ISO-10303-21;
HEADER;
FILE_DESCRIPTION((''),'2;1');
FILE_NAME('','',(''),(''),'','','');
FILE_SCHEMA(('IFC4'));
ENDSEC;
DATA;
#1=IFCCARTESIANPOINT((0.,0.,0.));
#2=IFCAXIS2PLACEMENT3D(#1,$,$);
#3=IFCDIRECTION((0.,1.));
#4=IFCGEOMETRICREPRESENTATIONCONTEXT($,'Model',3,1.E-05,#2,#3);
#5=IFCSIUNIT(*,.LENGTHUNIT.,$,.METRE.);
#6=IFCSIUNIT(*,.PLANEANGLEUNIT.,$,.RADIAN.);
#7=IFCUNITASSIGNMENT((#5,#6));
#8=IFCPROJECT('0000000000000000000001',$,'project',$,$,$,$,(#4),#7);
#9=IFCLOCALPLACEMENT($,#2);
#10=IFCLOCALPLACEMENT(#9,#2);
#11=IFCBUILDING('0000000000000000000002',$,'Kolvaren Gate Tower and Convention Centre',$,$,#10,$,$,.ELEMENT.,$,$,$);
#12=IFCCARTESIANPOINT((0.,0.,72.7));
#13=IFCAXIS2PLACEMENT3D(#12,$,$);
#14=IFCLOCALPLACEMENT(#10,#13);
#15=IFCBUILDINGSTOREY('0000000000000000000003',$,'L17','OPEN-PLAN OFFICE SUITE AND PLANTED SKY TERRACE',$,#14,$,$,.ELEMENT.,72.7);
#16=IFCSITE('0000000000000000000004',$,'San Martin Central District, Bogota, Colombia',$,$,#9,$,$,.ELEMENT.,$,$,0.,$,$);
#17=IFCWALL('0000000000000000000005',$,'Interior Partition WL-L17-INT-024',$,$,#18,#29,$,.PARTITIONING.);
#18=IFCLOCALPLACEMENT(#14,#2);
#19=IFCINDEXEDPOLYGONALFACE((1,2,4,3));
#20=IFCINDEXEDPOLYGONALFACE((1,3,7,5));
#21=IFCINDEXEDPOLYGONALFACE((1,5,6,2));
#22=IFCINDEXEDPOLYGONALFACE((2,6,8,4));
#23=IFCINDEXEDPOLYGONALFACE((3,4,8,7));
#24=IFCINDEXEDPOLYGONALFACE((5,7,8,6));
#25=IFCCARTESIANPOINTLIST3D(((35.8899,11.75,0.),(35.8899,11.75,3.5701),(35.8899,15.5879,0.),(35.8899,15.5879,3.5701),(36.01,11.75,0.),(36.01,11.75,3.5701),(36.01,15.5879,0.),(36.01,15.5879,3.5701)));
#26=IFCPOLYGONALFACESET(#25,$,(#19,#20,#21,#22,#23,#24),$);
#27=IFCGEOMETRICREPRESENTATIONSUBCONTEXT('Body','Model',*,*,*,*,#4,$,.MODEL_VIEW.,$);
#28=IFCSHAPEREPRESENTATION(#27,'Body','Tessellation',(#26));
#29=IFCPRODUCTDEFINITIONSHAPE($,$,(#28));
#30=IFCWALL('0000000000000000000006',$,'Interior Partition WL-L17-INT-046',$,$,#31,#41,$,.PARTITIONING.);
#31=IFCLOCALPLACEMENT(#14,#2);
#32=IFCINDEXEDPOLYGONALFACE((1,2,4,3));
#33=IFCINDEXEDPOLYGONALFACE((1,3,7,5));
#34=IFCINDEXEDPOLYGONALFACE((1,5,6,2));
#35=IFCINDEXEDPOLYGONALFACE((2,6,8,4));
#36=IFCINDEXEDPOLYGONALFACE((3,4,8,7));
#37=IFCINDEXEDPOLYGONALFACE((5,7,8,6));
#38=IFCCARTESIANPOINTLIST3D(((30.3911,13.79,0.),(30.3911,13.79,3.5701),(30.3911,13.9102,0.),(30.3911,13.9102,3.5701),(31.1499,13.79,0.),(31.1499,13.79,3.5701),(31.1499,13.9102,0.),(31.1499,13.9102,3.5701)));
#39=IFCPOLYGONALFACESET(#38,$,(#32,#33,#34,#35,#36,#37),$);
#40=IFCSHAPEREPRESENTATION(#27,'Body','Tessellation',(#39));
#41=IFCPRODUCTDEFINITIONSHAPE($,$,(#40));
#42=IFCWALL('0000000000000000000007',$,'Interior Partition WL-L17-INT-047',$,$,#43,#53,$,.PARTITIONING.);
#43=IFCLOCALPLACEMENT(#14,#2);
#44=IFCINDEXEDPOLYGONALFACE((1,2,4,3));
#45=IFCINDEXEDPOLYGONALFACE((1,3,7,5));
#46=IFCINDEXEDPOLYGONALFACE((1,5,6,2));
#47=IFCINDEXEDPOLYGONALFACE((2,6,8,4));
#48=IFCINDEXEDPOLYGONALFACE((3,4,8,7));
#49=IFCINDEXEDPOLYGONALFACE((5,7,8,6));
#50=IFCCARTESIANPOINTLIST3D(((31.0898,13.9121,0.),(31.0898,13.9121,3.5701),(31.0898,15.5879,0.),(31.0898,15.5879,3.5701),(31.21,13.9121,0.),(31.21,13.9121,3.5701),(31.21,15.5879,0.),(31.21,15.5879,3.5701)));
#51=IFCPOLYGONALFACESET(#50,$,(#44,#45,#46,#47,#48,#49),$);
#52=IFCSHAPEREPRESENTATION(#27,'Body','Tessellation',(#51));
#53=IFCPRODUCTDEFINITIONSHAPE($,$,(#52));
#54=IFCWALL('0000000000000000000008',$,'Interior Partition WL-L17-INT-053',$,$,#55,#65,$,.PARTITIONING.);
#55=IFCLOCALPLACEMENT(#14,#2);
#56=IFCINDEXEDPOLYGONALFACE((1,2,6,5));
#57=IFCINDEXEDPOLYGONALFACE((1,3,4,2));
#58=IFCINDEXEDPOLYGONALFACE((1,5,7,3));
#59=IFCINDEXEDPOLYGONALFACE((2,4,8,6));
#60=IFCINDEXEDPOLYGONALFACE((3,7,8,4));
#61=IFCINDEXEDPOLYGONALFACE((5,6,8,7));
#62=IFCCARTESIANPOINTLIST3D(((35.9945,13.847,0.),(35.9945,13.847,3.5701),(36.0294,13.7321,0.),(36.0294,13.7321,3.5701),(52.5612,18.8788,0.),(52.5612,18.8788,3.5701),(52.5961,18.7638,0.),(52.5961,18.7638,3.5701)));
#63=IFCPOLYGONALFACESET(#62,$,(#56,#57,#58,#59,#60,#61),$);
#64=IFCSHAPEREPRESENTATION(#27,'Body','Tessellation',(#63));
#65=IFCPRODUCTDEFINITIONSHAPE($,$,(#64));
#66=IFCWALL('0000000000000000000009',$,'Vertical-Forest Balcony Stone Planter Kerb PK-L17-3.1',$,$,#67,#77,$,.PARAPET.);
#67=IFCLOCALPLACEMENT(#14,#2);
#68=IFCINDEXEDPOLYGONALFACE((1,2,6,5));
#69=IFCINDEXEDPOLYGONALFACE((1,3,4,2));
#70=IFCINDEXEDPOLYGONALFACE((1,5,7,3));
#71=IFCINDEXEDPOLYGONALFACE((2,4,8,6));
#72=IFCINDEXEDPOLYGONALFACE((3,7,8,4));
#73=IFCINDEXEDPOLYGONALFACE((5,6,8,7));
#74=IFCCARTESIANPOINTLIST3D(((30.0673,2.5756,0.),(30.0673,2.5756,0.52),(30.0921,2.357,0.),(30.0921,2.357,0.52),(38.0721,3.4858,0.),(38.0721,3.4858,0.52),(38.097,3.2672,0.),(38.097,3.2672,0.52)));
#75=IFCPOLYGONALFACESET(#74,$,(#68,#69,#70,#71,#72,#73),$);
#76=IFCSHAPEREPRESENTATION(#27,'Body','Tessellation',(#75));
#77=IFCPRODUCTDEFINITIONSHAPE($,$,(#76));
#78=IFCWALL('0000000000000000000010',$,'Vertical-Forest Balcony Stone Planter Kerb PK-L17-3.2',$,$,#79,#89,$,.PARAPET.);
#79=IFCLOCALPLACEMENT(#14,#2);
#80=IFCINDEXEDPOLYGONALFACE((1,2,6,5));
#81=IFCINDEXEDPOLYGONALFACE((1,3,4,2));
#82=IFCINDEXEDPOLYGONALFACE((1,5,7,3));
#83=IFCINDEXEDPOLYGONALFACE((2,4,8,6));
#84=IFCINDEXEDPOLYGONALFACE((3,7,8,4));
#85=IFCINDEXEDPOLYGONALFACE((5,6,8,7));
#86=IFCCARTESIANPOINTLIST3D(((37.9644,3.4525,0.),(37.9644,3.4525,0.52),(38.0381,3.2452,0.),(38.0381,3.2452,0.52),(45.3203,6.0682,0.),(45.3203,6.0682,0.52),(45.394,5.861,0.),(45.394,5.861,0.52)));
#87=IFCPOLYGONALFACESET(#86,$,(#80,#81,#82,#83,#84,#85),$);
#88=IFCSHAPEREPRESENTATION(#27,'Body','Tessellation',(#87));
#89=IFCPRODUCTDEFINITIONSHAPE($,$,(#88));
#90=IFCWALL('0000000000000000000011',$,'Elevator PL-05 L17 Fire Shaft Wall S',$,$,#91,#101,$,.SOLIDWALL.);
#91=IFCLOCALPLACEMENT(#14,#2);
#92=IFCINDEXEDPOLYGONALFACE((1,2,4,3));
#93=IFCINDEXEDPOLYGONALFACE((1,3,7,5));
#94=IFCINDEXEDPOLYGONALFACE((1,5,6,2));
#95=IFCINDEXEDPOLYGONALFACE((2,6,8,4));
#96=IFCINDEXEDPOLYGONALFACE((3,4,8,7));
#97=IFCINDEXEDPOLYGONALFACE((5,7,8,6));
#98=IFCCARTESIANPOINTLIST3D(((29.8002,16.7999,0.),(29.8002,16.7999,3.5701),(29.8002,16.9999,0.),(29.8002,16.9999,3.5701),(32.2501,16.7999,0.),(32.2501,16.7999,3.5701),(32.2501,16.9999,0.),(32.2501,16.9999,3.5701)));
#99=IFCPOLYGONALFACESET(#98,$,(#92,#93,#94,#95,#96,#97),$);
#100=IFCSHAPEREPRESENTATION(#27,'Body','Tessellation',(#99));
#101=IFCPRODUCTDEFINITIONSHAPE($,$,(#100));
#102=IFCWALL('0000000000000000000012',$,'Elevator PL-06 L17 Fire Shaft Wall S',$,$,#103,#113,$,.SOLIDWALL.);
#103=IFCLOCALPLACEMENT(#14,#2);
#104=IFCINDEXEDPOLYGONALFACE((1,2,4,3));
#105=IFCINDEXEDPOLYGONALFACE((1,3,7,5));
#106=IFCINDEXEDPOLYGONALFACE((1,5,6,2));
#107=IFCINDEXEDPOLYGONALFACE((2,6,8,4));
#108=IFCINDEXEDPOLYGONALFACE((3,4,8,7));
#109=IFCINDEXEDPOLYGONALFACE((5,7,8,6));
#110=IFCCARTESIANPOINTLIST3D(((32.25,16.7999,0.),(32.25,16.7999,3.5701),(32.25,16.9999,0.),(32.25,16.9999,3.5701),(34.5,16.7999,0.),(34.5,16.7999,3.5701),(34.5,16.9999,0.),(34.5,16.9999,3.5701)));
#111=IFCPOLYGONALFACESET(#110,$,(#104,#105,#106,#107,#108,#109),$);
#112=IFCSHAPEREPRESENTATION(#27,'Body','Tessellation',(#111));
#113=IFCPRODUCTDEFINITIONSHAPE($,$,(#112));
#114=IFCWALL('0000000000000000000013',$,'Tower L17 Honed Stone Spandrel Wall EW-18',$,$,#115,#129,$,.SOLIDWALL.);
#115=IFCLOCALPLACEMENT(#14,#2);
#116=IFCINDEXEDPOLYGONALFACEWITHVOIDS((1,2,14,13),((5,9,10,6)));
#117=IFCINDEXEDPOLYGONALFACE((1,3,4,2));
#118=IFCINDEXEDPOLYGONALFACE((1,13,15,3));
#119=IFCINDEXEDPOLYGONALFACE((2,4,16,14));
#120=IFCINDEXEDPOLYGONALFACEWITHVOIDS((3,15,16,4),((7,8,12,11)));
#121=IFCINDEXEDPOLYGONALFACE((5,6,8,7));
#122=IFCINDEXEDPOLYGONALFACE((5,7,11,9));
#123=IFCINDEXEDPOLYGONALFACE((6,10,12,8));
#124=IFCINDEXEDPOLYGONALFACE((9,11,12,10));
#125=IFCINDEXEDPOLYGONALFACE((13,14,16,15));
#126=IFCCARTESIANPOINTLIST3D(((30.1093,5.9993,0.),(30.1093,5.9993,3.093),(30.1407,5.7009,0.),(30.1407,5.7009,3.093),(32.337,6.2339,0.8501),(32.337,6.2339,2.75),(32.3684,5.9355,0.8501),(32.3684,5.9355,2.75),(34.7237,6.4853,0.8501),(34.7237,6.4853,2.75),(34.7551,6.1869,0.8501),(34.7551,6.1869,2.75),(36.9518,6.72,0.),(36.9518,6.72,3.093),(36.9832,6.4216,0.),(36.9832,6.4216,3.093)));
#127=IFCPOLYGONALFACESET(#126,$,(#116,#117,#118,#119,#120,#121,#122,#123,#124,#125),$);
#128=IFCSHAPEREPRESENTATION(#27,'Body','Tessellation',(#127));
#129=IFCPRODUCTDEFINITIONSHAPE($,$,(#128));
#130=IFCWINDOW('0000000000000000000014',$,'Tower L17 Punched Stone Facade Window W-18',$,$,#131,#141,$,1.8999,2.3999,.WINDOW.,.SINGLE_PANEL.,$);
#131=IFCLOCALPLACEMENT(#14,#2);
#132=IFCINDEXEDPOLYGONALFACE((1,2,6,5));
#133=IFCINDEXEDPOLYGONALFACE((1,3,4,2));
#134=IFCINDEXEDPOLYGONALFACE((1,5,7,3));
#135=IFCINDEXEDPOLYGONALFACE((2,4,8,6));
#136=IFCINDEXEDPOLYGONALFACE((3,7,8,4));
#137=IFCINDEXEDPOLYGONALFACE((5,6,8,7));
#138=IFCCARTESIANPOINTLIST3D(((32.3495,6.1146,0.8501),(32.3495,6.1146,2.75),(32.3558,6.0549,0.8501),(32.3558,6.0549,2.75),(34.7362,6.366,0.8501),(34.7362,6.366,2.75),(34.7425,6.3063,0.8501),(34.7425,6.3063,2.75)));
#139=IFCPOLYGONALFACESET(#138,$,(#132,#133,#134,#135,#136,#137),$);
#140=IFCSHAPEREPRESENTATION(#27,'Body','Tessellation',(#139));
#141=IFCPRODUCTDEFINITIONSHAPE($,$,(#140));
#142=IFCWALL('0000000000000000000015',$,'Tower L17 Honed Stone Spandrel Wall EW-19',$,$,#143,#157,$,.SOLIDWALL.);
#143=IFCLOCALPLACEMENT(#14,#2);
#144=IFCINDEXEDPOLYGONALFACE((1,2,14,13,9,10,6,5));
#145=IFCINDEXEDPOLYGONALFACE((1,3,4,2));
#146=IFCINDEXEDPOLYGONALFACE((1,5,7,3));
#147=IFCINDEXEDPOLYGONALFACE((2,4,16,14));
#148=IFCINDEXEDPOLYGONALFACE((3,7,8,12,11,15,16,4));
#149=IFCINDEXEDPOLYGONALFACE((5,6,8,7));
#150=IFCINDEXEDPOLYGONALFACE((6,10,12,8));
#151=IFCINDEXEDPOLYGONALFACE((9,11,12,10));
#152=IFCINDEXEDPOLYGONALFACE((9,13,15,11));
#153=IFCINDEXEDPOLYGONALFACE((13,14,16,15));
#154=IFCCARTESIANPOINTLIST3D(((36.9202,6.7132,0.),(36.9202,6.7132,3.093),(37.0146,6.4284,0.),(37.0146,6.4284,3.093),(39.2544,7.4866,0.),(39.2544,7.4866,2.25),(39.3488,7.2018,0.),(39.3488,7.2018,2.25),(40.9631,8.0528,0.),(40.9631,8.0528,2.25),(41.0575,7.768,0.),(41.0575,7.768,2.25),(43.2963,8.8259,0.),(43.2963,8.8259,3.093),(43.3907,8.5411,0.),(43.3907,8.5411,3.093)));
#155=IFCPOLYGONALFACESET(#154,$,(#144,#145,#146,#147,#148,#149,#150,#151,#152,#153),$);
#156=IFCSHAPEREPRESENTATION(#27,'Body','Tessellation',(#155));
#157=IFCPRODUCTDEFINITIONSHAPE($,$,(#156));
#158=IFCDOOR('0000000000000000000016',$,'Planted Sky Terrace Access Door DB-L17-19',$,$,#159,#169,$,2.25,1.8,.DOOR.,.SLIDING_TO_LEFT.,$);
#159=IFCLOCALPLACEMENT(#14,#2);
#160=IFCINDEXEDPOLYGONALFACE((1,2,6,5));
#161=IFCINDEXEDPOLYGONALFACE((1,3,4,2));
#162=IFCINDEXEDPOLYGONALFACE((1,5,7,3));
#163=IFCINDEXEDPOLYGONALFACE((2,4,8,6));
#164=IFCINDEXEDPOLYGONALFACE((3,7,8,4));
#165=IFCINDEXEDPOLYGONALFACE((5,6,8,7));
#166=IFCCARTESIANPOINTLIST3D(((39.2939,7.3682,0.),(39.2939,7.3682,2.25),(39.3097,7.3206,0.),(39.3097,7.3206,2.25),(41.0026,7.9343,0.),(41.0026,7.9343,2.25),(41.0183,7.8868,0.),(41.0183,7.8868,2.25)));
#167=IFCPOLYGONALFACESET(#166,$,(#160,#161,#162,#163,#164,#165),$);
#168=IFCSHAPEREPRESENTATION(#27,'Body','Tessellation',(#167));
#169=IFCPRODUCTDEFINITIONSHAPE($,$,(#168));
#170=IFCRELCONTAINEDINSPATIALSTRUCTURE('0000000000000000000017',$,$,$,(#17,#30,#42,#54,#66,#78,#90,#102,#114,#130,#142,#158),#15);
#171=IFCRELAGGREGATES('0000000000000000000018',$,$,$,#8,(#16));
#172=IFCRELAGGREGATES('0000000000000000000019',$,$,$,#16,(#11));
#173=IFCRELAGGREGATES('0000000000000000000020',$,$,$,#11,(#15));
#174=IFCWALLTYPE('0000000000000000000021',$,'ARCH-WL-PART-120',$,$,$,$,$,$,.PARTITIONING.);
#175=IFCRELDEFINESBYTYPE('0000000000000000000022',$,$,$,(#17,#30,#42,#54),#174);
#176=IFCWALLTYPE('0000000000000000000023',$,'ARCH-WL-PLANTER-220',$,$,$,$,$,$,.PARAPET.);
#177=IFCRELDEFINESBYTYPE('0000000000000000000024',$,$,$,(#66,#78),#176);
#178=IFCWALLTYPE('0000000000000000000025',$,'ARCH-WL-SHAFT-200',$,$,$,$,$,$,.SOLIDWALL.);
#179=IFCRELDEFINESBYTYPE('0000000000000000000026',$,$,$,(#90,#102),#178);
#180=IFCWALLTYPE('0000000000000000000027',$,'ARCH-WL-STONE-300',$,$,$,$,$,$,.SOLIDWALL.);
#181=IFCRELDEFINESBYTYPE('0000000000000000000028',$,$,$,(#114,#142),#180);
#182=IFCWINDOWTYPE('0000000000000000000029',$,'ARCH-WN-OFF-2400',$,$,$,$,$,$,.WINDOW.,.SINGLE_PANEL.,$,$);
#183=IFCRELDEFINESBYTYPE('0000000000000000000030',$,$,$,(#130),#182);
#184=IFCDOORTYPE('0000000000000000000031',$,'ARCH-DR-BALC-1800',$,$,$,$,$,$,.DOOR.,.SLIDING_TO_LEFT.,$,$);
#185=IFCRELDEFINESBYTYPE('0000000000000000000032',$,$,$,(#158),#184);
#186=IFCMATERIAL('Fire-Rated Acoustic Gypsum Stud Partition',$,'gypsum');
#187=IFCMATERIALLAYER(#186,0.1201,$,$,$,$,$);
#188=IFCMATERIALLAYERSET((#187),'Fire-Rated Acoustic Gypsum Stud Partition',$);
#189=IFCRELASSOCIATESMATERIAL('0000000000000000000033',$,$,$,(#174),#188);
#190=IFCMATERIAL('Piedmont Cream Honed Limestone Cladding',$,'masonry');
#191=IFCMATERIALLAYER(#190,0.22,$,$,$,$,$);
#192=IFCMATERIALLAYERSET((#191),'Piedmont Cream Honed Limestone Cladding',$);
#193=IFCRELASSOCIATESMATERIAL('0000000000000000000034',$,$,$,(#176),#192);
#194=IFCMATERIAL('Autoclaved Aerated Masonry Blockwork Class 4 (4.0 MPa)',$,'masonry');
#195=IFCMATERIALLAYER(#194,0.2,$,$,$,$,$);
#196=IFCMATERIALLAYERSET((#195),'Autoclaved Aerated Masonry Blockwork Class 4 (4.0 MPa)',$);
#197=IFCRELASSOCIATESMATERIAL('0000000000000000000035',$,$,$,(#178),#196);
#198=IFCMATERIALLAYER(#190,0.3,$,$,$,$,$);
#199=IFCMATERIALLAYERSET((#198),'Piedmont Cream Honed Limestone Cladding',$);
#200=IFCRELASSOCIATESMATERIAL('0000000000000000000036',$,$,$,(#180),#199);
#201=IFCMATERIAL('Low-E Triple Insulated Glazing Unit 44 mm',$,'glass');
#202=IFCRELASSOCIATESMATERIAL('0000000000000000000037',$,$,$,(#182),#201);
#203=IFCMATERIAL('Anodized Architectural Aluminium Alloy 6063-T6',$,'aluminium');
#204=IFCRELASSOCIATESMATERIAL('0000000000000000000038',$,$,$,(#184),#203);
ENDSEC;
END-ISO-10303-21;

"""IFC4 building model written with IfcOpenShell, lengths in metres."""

from ifc_helpers import new_model, si_unit, direction, frame, frame_2d, origin, place, context, subcontext, project, spatial, rectangle, extrude, material, layer, layer_set, type_object, element, fill, save


model = new_model("IFC4")

# Units and contexts
model_context = context("Model", 3, precision=1e-05, world=origin(), true_north=direction((0.0, 1.0)))
body_context = subcontext(model_context, "Body", "Model", "MODEL_VIEW")
ifc_project = project(units=[si_unit("LENGTHUNIT", "METRE"), si_unit("PLANEANGLEUNIT", "RADIAN")], contexts=[model_context])

# Site, building, storey
site_placement = place(None, origin())
site = spatial("IfcSite", under=ifc_project, at=site_placement, Name="San Martin Central District, Bogota, Colombia", CompositionType="ELEMENT", RefElevation=0.0)
building_placement = place(site_placement, origin())
building = spatial("IfcBuilding", under=site, at=building_placement, Name="Kolvaren Gate Tower and Convention Centre", CompositionType="ELEMENT")
storey_placement = place(building_placement, frame((0.0, 0.0, 72.7)))
storey = spatial("IfcBuildingStorey", under=building, at=storey_placement, Name="L17", Description="OPEN-PLAN OFFICE SUITE AND PLANTED SKY TERRACE", CompositionType="ELEMENT", Elevation=72.7)

# Walls
ifc_material_1 = material(Name="Fire-Rated Acoustic Gypsum Stud Partition", Category="gypsum")
ifc_layer_1 = layer(ifc_material_1, 0.1201)
ifc_layer_set_1 = layer_set([ifc_layer_1], Name="Fire-Rated Acoustic Gypsum Stud Partition")
wall_type_1 = type_object("IfcWallType", Name="ARCH-WL-PART-120", PredefinedType="PARTITIONING", material=ifc_layer_set_1)
wall_1_placement = place(storey_placement, frame((35.95, 11.75, 0.0), z_axis=(0.0, 0.0, 1.0), x_axis=(0.0, 1.0, 0.0)))
element("IfcWall", 1, at=wall_1_placement, inside=storey, type_object=wall_type_1, Name="Interior Partition WL-L17-INT-024", PredefinedType="PARTITIONING", context=body_context, shape_type="SweptSolid", body=[
    extrude(rectangle(XDim=3.8379, YDim=0.1201, at=frame_2d((1.9189, 0.0))), origin(), (0.0, 0.0, 1.0), 3.5701),
])
wall_2_placement = place(storey_placement, frame((30.3911, 13.8501, 0.0), z_axis=(0.0, 0.0, 1.0), x_axis=(1.0, 0.0, 0.0)))
element("IfcWall", 2, at=wall_2_placement, inside=storey, type_object=wall_type_1, Name="Interior Partition WL-L17-INT-046", PredefinedType="PARTITIONING", context=body_context, shape_type="SweptSolid", body=[
    extrude(rectangle(XDim=0.7588, YDim=0.1201, at=frame_2d((0.3794, 0.0))), origin(), (0.0, 0.0, 1.0), 3.5701),
])
wall_3_placement = place(storey_placement, frame((31.1499, 13.9121, 0.0), z_axis=(0.0, 0.0, 1.0), x_axis=(0.0, 1.0, 0.0)))
element("IfcWall", 3, at=wall_3_placement, inside=storey, type_object=wall_type_1, Name="Interior Partition WL-L17-INT-047", PredefinedType="PARTITIONING", context=body_context, shape_type="SweptSolid", body=[
    extrude(rectangle(XDim=1.6758, YDim=0.1201, at=frame_2d((0.8379, 0.0))), origin(), (0.0, 0.0, 1.0), 3.5701),
])
wall_4_placement = place(storey_placement, frame((36.012, 13.7896, 0.0), z_axis=(0.0, 0.0, 1.0), x_axis=(0.956839, 0.290618, 0.0)))
element("IfcWall", 4, at=wall_4_placement, inside=storey, type_object=wall_type_1, Name="Interior Partition WL-L17-INT-053", PredefinedType="PARTITIONING", context=body_context, shape_type="SweptSolid", body=[
    extrude(rectangle(XDim=17.314, YDim=0.1201, at=frame_2d((8.657, 0.0))), origin(), (0.0, 0.0, 1.0), 3.5701),
])
ifc_material_2 = material(Name="Piedmont Cream Honed Limestone Cladding", Category="masonry")
ifc_layer_2 = layer(ifc_material_2, 0.22)
ifc_layer_set_2 = layer_set([ifc_layer_2], Name="Piedmont Cream Honed Limestone Cladding")
wall_type_2 = type_object("IfcWallType", Name="ARCH-WL-PLANTER-220", PredefinedType="PARAPET", material=ifc_layer_set_2)
wall_5_placement = place(storey_placement, frame((30.0796, 2.4663, 0.0), z_axis=(0.0, 0.0, 1.0), x_axis=(0.993598, 0.112972, 0.0)))
element("IfcWall", 5, at=wall_5_placement, inside=storey, type_object=wall_type_2, Name="Vertical-Forest Balcony Stone Planter Kerb PK-L17-3.1", PredefinedType="PARAPET", context=body_context, shape_type="SweptSolid", body=[
    extrude(rectangle(XDim=8.0564, YDim=0.22, at=frame_2d((4.0283, 0.0))), origin(), (0.0, 0.0, 1.0), 0.52),
])
wall_6_placement = place(storey_placement, frame((38.0012, 3.3489, 0.0), z_axis=(0.0, 0.0, 1.0), x_axis=(0.942204, 0.335041, 0.0)))
element("IfcWall", 6, at=wall_6_placement, inside=storey, type_object=wall_type_2, Name="Vertical-Forest Balcony Stone Planter Kerb PK-L17-3.2", PredefinedType="PARAPET", context=body_context, shape_type="SweptSolid", body=[
    extrude(rectangle(XDim=7.8071, YDim=0.22, at=frame_2d((3.9036, 0.0))), origin(), (0.0, 0.0, 1.0), 0.52),
])
ifc_material_3 = material(Name="Autoclaved Aerated Masonry Blockwork Class 4 (4.0 MPa)", Category="masonry")
ifc_layer_3 = layer(ifc_material_3, 0.2)
ifc_layer_set_3 = layer_set([ifc_layer_3], Name="Autoclaved Aerated Masonry Blockwork Class 4 (4.0 MPa)")
wall_type_3 = type_object("IfcWallType", Name="ARCH-WL-SHAFT-200", PredefinedType="SOLIDWALL", material=ifc_layer_set_3)
wall_7_placement = place(storey_placement, frame((29.8, 16.8999, 0.0), z_axis=(0.0, 0.0, 1.0), x_axis=(1.0, 0.0, 0.0)))
element("IfcWall", 7, at=wall_7_placement, inside=storey, type_object=wall_type_3, Name="Elevator PL-05 L17 Fire Shaft Wall S", PredefinedType="SOLIDWALL", context=body_context, shape_type="SweptSolid", body=[
    extrude(rectangle(XDim=2.45, YDim=0.2, at=frame_2d((1.2251, 0.0))), origin(), (0.0, 0.0, 1.0), 3.5701),
])
wall_8_placement = place(storey_placement, frame((32.25, 16.8999, 0.0), z_axis=(0.0, 0.0, 1.0), x_axis=(1.0, 0.0, 0.0)))
element("IfcWall", 8, at=wall_8_placement, inside=storey, type_object=wall_type_3, Name="Elevator PL-06 L17 Fire Shaft Wall S", PredefinedType="SOLIDWALL", context=body_context, shape_type="SweptSolid", body=[
    extrude(rectangle(XDim=2.25, YDim=0.2, at=frame_2d((1.125, 0.0))), origin(), (0.0, 0.0, 1.0), 3.5701),
])

# Wall, opening, window
ifc_layer_4 = layer(ifc_material_2, 0.3)
ifc_layer_set_4 = layer_set([ifc_layer_4], Name="Piedmont Cream Honed Limestone Cladding")
wall_type_4 = type_object("IfcWallType", Name="ARCH-WL-STONE-300", PredefinedType="SOLIDWALL", material=ifc_layer_set_4)
wall_9_placement = place(storey_placement, frame((30.125, 5.8501, 0.0), z_axis=(0.0, 0.0, 1.0), x_axis=(0.994499, 0.104748, 0.0)))
wall_9 = element("IfcWall", 9, at=wall_9_placement, inside=storey, type_object=wall_type_4, Name="Tower L17 Honed Stone Spandrel Wall EW-18", PredefinedType="SOLIDWALL", context=body_context, shape_type="SweptSolid", body=[
    extrude(rectangle(XDim=6.8804, YDim=0.3, at=frame_2d((3.4402, 0.0))), origin(), (0.0, 0.0, 1.0), 3.093),
])
opening_1_placement = place(wall_9_placement, frame((2.24, 0.0, 0.8501)))
opening_1 = element("IfcOpeningElement", 10, at=opening_1_placement, cuts=wall_9, PredefinedType="OPENING", context=body_context, shape_type="SweptSolid", body=[
    extrude(rectangle(XDim=2.3999, YDim=1.8999, at=frame_2d((1.2, 0.95))), frame((0.0, 0.1599, 0.0), z_axis=(0.0, -1.0, 0.0), x_axis=(1.0, 0.0, 0.0)), (0.0, 0.0, 1.0), 0.3201),
])
ifc_material_4 = material(Name="Low-E Triple Insulated Glazing Unit 44 mm", Category="glass")
window_type = type_object("IfcWindowType", Name="ARCH-WN-OFF-2400", PartitioningType="SINGLE_PANEL", PredefinedType="WINDOW", material=ifc_material_4)
window_placement = place(opening_1_placement, origin())
window = element("IfcWindow", 11, at=window_placement, inside=storey, type_object=window_type, Name="Tower L17 Punched Stone Facade Window W-18", OverallHeight=1.8999, OverallWidth=2.3999, PartitioningType="SINGLE_PANEL", PredefinedType="WINDOW", context=body_context, shape_type="SweptSolid", body=[
    extrude(rectangle(XDim=2.3999, YDim=1.8999, at=frame_2d((1.2, 0.95))), frame((0.0, 0.03, 0.0), z_axis=(0.0, -1.0, 0.0), x_axis=(1.0, 0.0, 0.0)), (0.0, 0.0, 1.0), 0.0601),
])
fill(opening_1, window)

# Wall, opening, door
wall_10_placement = place(storey_placement, frame((36.9675, 6.5708, 0.0), z_axis=(0.0, 0.0, 1.0), x_axis=(0.949245, 0.314537, 0.0)))
wall_10 = element("IfcWall", 12, at=wall_10_placement, inside=storey, type_object=wall_type_4, Name="Tower L17 Honed Stone Spandrel Wall EW-19", PredefinedType="SOLIDWALL", context=body_context, shape_type="SweptSolid", body=[
    extrude(rectangle(XDim=6.717, YDim=0.3, at=frame_2d((3.3584, 0.0))), origin(), (0.0, 0.0, 1.0), 3.093),
])
opening_2_placement = place(wall_10_placement, frame((2.459, 0.0, 0.0)))
opening_2 = element("IfcOpeningElement", 13, at=opening_2_placement, cuts=wall_10, PredefinedType="OPENING", context=body_context, shape_type="SweptSolid", body=[
    extrude(rectangle(XDim=1.8, YDim=2.25, at=frame_2d((0.8999, 1.125))), frame((0.0, 0.1599, 0.0), z_axis=(0.0, -1.0, 0.0), x_axis=(1.0, 0.0, 0.0)), (0.0, 0.0, 1.0), 0.3201),
])
ifc_material_5 = material(Name="Anodized Architectural Aluminium Alloy 6063-T6", Category="aluminium")
door_type = type_object("IfcDoorType", Name="ARCH-DR-BALC-1800", OperationType="SLIDING_TO_LEFT", PredefinedType="DOOR", material=ifc_material_5)
door_placement = place(opening_2_placement, frame((1.8, 0.0, 0.0), z_axis=(0.0, 0.0, 1.0), x_axis=(-1.0, 0.0, 0.0)))
door = element("IfcDoor", 14, at=door_placement, inside=storey, type_object=door_type, Name="Planted Sky Terrace Access Door DB-L17-19", OperationType="SLIDING_TO_LEFT", OverallHeight=2.25, OverallWidth=1.8, PredefinedType="DOOR", context=body_context, shape_type="SweptSolid", body=[
    extrude(rectangle(XDim=1.8, YDim=2.25, at=frame_2d((0.8999, 1.125))), frame((0.0, 0.0249, 0.0), z_axis=(0.0, -1.0, 0.0), x_axis=(1.0, 0.0, 0.0)), (0.0, 0.0, 1.0), 0.05),
])
fill(opening_2, door)

save(model, "model.ifc")
